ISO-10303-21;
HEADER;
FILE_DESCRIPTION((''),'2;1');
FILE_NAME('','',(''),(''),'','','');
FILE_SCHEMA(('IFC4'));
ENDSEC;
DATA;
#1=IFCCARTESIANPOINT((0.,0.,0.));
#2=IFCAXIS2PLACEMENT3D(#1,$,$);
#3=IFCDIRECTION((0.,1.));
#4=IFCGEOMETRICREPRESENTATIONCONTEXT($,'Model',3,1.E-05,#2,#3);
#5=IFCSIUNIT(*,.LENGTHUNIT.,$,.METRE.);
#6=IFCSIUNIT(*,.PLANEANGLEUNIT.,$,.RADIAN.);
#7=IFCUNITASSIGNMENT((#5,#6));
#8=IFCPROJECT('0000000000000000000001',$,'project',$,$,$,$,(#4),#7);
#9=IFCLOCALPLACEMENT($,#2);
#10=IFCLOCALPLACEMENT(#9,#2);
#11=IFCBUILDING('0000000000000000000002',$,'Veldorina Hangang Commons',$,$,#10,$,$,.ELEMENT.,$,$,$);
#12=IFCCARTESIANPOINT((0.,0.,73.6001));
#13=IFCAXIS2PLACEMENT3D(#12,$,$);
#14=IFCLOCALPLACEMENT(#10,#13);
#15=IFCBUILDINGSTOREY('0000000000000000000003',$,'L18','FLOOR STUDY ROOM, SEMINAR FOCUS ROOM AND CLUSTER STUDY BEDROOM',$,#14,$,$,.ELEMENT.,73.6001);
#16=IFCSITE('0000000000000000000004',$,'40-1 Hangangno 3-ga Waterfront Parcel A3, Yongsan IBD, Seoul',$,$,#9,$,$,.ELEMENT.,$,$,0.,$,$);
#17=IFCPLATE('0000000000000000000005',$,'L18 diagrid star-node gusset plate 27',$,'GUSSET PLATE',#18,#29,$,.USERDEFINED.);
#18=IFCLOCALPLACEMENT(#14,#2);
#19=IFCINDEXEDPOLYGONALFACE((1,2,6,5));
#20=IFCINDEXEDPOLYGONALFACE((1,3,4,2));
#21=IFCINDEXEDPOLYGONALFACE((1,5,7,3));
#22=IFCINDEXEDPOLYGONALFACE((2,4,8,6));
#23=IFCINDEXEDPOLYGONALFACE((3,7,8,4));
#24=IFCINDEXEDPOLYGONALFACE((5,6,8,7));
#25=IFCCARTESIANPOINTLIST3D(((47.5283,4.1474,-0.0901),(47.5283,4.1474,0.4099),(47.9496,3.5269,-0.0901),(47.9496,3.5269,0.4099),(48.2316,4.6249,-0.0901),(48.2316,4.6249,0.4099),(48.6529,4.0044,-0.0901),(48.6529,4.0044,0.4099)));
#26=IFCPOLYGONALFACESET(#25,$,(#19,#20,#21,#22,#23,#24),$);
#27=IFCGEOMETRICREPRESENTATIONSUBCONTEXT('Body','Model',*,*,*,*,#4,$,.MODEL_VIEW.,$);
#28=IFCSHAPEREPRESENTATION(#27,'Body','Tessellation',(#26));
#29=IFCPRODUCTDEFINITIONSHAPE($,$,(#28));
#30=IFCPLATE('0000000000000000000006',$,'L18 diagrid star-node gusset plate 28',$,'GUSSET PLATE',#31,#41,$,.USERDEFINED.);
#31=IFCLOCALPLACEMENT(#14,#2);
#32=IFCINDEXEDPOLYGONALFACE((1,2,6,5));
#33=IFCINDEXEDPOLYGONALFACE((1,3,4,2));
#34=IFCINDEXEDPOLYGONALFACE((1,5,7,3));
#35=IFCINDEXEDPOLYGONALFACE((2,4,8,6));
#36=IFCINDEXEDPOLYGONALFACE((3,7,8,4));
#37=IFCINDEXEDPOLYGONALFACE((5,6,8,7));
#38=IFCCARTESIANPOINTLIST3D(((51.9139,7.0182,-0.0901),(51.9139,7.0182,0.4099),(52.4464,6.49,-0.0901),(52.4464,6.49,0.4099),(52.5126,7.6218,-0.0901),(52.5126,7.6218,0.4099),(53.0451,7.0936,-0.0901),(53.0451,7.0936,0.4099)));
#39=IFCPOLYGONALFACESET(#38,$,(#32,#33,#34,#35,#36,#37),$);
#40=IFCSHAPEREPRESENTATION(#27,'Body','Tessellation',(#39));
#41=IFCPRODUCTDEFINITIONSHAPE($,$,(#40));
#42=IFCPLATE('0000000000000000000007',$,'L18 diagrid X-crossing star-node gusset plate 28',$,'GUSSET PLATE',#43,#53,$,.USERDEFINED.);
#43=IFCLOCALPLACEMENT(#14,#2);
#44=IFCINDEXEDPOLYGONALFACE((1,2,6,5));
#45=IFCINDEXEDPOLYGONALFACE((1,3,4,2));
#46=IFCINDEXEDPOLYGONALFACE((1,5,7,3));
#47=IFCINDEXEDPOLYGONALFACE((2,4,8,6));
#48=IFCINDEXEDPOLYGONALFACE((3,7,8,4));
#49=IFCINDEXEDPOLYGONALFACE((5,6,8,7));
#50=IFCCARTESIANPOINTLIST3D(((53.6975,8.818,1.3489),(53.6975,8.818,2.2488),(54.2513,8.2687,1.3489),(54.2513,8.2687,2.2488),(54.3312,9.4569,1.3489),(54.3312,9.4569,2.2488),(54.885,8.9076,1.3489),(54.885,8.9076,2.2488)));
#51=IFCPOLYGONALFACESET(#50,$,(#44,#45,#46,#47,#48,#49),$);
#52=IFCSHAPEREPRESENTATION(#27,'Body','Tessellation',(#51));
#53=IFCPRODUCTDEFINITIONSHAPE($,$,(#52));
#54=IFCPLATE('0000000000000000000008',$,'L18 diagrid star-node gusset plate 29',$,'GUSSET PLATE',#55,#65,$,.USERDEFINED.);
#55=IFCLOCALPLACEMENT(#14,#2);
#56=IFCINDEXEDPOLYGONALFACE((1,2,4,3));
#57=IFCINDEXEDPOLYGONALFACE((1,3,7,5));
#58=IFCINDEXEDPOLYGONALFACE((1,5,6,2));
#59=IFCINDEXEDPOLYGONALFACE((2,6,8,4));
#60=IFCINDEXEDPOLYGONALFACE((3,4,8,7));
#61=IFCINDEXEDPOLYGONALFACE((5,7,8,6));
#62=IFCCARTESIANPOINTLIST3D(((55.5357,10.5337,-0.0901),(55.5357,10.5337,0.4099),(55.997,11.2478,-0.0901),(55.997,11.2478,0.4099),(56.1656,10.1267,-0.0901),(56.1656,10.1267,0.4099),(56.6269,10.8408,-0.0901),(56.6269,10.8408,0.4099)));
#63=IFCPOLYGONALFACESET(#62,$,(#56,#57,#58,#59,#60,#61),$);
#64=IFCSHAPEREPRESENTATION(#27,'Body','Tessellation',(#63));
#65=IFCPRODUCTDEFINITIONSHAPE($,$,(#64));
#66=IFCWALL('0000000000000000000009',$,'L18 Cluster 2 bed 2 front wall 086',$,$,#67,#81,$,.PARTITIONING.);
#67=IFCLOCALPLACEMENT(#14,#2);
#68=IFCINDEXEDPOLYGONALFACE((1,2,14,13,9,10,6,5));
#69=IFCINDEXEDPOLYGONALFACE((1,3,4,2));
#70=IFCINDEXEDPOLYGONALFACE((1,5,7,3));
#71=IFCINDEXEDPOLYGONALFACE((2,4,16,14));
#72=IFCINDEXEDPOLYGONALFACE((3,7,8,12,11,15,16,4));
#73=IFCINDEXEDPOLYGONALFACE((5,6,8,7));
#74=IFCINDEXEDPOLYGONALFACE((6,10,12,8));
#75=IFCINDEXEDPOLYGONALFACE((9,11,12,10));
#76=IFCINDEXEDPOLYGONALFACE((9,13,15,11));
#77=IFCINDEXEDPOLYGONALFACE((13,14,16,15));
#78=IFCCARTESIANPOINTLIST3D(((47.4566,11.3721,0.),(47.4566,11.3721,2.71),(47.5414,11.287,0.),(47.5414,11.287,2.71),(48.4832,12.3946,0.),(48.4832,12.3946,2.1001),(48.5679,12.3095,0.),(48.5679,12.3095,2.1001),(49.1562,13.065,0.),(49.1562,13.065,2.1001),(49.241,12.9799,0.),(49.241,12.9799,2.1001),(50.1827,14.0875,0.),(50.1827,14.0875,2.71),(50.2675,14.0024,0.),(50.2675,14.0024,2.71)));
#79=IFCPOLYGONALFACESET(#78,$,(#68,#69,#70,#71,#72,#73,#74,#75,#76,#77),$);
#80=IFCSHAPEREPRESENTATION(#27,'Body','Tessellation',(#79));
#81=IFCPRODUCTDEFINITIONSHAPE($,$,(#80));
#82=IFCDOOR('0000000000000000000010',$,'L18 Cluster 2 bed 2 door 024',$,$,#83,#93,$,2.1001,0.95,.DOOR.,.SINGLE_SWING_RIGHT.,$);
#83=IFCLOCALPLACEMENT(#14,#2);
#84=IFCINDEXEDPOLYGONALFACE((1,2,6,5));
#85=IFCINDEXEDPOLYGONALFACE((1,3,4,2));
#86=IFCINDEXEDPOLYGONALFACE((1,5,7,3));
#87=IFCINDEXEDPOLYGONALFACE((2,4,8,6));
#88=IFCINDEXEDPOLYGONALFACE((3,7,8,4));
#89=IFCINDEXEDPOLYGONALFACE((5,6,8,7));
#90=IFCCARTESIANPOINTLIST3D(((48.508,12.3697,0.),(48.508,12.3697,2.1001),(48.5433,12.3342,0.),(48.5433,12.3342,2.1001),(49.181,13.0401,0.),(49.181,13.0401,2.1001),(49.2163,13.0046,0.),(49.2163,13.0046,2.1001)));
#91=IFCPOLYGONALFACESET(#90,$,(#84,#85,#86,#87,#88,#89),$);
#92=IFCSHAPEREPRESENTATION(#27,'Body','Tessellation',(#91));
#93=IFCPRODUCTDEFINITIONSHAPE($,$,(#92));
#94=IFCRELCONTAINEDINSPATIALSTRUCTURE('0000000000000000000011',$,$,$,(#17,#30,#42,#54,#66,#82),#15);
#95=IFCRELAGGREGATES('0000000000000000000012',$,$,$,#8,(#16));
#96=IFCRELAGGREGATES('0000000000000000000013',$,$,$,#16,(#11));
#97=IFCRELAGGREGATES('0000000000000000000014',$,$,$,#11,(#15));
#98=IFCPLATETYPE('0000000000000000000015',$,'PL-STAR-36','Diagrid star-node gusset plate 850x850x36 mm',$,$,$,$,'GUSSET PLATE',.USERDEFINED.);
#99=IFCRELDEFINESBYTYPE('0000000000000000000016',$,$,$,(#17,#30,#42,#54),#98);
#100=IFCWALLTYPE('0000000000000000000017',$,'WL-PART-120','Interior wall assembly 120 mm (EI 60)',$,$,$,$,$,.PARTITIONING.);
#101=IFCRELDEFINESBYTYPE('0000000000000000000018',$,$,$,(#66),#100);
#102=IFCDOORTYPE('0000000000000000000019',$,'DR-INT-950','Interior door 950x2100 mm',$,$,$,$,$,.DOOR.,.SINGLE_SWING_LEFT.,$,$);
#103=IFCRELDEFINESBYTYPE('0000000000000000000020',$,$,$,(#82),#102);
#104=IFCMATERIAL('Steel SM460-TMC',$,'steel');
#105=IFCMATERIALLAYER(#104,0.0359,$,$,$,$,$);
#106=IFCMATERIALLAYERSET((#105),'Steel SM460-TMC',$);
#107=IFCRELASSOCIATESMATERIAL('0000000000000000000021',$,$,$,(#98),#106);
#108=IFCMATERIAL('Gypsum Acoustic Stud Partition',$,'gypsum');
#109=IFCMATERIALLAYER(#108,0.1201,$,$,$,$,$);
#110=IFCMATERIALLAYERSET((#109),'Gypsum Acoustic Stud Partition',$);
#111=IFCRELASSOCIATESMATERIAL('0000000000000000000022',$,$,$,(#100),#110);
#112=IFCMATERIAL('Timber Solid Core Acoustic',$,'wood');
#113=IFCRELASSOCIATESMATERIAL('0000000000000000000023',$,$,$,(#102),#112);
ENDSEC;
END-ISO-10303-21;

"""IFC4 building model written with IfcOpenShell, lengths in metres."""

from ifc_helpers import new_model, si_unit, direction, frame, frame_2d, origin, origin_2d, place, context, subcontext, project, spatial, rectangle, extrude, material, layer, layer_set, type_object, element, fill, save


model = new_model("IFC4")

# Units and contexts
model_context = context("Model", 3, precision=1e-05, world=origin(), true_north=direction((0.0, 1.0)))
body_context = subcontext(model_context, "Body", "Model", "MODEL_VIEW")
ifc_project = project(units=[si_unit("LENGTHUNIT", "METRE"), si_unit("PLANEANGLEUNIT", "RADIAN")], contexts=[model_context])

# Site, building, storey
site_placement = place(None, origin())
site = spatial("IfcSite", under=ifc_project, at=site_placement, Name="40-1 Hangangno 3-ga Waterfront Parcel A3, Yongsan IBD, Seoul", CompositionType="ELEMENT", RefElevation=0.0)
building_placement = place(site_placement, origin())
building = spatial("IfcBuilding", under=site, at=building_placement, Name="Veldorina Hangang Commons", CompositionType="ELEMENT")
storey_placement = place(building_placement, frame((0.0, 0.0, 73.6001)))
storey = spatial("IfcBuildingStorey", under=building, at=storey_placement, Name="L18", Description="FLOOR STUDY ROOM, SEMINAR FOCUS ROOM AND CLUSTER STUDY BEDROOM", CompositionType="ELEMENT", Elevation=73.6001)

# Shared definitions
ifc_material_1 = material(Name="Steel SM460-TMC", Category="steel")

# Plates
ifc_layer_1 = layer(ifc_material_1, 0.0359)
ifc_layer_set_1 = layer_set([ifc_layer_1], Name="Steel SM460-TMC")
plate_type_1 = type_object("IfcPlateType", Name="PL-STAR-36", Description="Diagrid star-node gusset plate 850x850x36 mm", ElementType="GUSSET PLATE", PredefinedType="USERDEFINED", material=ifc_layer_set_1)
for number, where, z_axis, x_axis, name in (
    (1, (48.0906, 4.0759, -0.0901), (0.0, 0.0, 1.0), (0.827316, 0.561737, 0.0), "L18 diagrid star-node gusset plate 27"),
    (2, (52.4795, 7.0559, -0.0901), (0.0, 0.0, 1.0), (0.704238, 0.709964, 0.0), "L18 diagrid star-node gusset plate 28"),
):
    element("IfcPlate", number, at=place(storey_placement, frame(where, z_axis=z_axis, x_axis=x_axis)), inside=storey, type_object=plate_type_1, Name=name, ObjectType="GUSSET PLATE", PredefinedType="USERDEFINED", context=body_context, shape_type="SweptSolid", body=[
        extrude(rectangle(XDim=0.8501, YDim=0.75, at=origin_2d()), origin(), (0.0, 0.0, 1.0), 0.5),
    ])
plate_1_placement = place(storey_placement, frame((54.2913, 8.8628, 1.3489), z_axis=(0.0, 0.0, 1.0), x_axis=(0.704238, 0.709964, 0.0)))
element("IfcPlate", 3, at=plate_1_placement, inside=storey, type_object=plate_type_1, Name="L18 diagrid X-crossing star-node gusset plate 28", ObjectType="GUSSET PLATE", PredefinedType="USERDEFINED", context=body_context, shape_type="SweptSolid", body=[
    extrude(rectangle(XDim=0.8999, YDim=0.78, at=origin_2d()), origin(), (0.0, 0.0, 1.0), 0.8999),
])
plate_2_placement = place(storey_placement, frame((56.0813, 10.6873, -0.0901), z_axis=(0.0, 0.0, 1.0), x_axis=(0.542647, 0.839961, 0.0)))
element("IfcPlate", 4, at=plate_2_placement, inside=storey, type_object=plate_type_1, Name="L18 diagrid star-node gusset plate 29", ObjectType="GUSSET PLATE", PredefinedType="USERDEFINED", context=body_context, shape_type="SweptSolid", body=[
    extrude(rectangle(XDim=0.8501, YDim=0.75, at=origin_2d()), origin(), (0.0, 0.0, 1.0), 0.5),
])

# Wall, opening, door
ifc_material_2 = material(Name="Gypsum Acoustic Stud Partition", Category="gypsum")
ifc_layer_2 = layer(ifc_material_2, 0.1201)
ifc_layer_set_2 = layer_set([ifc_layer_2], Name="Gypsum Acoustic Stud Partition")
wall_type = type_object("IfcWallType", Name="WL-PART-120", Description="Interior wall assembly 120 mm (EI 60)", PredefinedType="PARTITIONING", material=ifc_layer_set_2)
wall_placement = place(storey_placement, frame((47.499, 11.3296, 0.0), z_axis=(0.0, 0.0, 1.0), x_axis=(0.708501, 0.705709, 0.0)))
wall = element("IfcWall", 5, at=wall_placement, inside=storey, type_object=wall_type, Name="L18 Cluster 2 bed 2 front wall 086", PredefinedType="PARTITIONING", context=body_context, shape_type="SweptSolid", body=[
    extrude(rectangle(XDim=3.8477, YDim=0.1201, at=frame_2d((1.9238, 0.0))), origin(), (0.0, 0.0, 1.0), 2.71),
])
opening_placement = place(wall_placement, frame((1.4487, 0.0, 0.0)))
opening = element("IfcOpeningElement", 6, at=opening_placement, cuts=wall, PredefinedType="OPENING", context=body_context, shape_type="SweptSolid", body=[
    extrude(rectangle(XDim=0.95, YDim=2.1001, at=frame_2d((0.4751, 1.05))), frame((0.0, 0.0701, 0.0), z_axis=(0.0, -1.0, 0.0), x_axis=(1.0, 0.0, 0.0)), (0.0, 0.0, 1.0), 0.1401),
])
ifc_material_3 = material(Name="Timber Solid Core Acoustic", Category="wood")
door_type = type_object("IfcDoorType", Name="DR-INT-950", Description="Interior door 950x2100 mm", OperationType="SINGLE_SWING_LEFT", PredefinedType="DOOR", material=ifc_material_3)
door_placement = place(opening_placement, origin())
door = element("IfcDoor", 7, at=door_placement, inside=storey, type_object=door_type, Name="L18 Cluster 2 bed 2 door 024", OperationType="SINGLE_SWING_RIGHT", OverallHeight=2.1001, OverallWidth=0.95, PredefinedType="DOOR", context=body_context, shape_type="SweptSolid", body=[
    extrude(rectangle(XDim=0.95, YDim=2.1001, at=frame_2d((0.4751, 1.05))), frame((0.0, 0.0249, 0.0), z_axis=(0.0, -1.0, 0.0), x_axis=(1.0, 0.0, 0.0)), (0.0, 0.0, 1.0), 0.05),
])
fill(opening, door)

save(model, "model.ifc")
